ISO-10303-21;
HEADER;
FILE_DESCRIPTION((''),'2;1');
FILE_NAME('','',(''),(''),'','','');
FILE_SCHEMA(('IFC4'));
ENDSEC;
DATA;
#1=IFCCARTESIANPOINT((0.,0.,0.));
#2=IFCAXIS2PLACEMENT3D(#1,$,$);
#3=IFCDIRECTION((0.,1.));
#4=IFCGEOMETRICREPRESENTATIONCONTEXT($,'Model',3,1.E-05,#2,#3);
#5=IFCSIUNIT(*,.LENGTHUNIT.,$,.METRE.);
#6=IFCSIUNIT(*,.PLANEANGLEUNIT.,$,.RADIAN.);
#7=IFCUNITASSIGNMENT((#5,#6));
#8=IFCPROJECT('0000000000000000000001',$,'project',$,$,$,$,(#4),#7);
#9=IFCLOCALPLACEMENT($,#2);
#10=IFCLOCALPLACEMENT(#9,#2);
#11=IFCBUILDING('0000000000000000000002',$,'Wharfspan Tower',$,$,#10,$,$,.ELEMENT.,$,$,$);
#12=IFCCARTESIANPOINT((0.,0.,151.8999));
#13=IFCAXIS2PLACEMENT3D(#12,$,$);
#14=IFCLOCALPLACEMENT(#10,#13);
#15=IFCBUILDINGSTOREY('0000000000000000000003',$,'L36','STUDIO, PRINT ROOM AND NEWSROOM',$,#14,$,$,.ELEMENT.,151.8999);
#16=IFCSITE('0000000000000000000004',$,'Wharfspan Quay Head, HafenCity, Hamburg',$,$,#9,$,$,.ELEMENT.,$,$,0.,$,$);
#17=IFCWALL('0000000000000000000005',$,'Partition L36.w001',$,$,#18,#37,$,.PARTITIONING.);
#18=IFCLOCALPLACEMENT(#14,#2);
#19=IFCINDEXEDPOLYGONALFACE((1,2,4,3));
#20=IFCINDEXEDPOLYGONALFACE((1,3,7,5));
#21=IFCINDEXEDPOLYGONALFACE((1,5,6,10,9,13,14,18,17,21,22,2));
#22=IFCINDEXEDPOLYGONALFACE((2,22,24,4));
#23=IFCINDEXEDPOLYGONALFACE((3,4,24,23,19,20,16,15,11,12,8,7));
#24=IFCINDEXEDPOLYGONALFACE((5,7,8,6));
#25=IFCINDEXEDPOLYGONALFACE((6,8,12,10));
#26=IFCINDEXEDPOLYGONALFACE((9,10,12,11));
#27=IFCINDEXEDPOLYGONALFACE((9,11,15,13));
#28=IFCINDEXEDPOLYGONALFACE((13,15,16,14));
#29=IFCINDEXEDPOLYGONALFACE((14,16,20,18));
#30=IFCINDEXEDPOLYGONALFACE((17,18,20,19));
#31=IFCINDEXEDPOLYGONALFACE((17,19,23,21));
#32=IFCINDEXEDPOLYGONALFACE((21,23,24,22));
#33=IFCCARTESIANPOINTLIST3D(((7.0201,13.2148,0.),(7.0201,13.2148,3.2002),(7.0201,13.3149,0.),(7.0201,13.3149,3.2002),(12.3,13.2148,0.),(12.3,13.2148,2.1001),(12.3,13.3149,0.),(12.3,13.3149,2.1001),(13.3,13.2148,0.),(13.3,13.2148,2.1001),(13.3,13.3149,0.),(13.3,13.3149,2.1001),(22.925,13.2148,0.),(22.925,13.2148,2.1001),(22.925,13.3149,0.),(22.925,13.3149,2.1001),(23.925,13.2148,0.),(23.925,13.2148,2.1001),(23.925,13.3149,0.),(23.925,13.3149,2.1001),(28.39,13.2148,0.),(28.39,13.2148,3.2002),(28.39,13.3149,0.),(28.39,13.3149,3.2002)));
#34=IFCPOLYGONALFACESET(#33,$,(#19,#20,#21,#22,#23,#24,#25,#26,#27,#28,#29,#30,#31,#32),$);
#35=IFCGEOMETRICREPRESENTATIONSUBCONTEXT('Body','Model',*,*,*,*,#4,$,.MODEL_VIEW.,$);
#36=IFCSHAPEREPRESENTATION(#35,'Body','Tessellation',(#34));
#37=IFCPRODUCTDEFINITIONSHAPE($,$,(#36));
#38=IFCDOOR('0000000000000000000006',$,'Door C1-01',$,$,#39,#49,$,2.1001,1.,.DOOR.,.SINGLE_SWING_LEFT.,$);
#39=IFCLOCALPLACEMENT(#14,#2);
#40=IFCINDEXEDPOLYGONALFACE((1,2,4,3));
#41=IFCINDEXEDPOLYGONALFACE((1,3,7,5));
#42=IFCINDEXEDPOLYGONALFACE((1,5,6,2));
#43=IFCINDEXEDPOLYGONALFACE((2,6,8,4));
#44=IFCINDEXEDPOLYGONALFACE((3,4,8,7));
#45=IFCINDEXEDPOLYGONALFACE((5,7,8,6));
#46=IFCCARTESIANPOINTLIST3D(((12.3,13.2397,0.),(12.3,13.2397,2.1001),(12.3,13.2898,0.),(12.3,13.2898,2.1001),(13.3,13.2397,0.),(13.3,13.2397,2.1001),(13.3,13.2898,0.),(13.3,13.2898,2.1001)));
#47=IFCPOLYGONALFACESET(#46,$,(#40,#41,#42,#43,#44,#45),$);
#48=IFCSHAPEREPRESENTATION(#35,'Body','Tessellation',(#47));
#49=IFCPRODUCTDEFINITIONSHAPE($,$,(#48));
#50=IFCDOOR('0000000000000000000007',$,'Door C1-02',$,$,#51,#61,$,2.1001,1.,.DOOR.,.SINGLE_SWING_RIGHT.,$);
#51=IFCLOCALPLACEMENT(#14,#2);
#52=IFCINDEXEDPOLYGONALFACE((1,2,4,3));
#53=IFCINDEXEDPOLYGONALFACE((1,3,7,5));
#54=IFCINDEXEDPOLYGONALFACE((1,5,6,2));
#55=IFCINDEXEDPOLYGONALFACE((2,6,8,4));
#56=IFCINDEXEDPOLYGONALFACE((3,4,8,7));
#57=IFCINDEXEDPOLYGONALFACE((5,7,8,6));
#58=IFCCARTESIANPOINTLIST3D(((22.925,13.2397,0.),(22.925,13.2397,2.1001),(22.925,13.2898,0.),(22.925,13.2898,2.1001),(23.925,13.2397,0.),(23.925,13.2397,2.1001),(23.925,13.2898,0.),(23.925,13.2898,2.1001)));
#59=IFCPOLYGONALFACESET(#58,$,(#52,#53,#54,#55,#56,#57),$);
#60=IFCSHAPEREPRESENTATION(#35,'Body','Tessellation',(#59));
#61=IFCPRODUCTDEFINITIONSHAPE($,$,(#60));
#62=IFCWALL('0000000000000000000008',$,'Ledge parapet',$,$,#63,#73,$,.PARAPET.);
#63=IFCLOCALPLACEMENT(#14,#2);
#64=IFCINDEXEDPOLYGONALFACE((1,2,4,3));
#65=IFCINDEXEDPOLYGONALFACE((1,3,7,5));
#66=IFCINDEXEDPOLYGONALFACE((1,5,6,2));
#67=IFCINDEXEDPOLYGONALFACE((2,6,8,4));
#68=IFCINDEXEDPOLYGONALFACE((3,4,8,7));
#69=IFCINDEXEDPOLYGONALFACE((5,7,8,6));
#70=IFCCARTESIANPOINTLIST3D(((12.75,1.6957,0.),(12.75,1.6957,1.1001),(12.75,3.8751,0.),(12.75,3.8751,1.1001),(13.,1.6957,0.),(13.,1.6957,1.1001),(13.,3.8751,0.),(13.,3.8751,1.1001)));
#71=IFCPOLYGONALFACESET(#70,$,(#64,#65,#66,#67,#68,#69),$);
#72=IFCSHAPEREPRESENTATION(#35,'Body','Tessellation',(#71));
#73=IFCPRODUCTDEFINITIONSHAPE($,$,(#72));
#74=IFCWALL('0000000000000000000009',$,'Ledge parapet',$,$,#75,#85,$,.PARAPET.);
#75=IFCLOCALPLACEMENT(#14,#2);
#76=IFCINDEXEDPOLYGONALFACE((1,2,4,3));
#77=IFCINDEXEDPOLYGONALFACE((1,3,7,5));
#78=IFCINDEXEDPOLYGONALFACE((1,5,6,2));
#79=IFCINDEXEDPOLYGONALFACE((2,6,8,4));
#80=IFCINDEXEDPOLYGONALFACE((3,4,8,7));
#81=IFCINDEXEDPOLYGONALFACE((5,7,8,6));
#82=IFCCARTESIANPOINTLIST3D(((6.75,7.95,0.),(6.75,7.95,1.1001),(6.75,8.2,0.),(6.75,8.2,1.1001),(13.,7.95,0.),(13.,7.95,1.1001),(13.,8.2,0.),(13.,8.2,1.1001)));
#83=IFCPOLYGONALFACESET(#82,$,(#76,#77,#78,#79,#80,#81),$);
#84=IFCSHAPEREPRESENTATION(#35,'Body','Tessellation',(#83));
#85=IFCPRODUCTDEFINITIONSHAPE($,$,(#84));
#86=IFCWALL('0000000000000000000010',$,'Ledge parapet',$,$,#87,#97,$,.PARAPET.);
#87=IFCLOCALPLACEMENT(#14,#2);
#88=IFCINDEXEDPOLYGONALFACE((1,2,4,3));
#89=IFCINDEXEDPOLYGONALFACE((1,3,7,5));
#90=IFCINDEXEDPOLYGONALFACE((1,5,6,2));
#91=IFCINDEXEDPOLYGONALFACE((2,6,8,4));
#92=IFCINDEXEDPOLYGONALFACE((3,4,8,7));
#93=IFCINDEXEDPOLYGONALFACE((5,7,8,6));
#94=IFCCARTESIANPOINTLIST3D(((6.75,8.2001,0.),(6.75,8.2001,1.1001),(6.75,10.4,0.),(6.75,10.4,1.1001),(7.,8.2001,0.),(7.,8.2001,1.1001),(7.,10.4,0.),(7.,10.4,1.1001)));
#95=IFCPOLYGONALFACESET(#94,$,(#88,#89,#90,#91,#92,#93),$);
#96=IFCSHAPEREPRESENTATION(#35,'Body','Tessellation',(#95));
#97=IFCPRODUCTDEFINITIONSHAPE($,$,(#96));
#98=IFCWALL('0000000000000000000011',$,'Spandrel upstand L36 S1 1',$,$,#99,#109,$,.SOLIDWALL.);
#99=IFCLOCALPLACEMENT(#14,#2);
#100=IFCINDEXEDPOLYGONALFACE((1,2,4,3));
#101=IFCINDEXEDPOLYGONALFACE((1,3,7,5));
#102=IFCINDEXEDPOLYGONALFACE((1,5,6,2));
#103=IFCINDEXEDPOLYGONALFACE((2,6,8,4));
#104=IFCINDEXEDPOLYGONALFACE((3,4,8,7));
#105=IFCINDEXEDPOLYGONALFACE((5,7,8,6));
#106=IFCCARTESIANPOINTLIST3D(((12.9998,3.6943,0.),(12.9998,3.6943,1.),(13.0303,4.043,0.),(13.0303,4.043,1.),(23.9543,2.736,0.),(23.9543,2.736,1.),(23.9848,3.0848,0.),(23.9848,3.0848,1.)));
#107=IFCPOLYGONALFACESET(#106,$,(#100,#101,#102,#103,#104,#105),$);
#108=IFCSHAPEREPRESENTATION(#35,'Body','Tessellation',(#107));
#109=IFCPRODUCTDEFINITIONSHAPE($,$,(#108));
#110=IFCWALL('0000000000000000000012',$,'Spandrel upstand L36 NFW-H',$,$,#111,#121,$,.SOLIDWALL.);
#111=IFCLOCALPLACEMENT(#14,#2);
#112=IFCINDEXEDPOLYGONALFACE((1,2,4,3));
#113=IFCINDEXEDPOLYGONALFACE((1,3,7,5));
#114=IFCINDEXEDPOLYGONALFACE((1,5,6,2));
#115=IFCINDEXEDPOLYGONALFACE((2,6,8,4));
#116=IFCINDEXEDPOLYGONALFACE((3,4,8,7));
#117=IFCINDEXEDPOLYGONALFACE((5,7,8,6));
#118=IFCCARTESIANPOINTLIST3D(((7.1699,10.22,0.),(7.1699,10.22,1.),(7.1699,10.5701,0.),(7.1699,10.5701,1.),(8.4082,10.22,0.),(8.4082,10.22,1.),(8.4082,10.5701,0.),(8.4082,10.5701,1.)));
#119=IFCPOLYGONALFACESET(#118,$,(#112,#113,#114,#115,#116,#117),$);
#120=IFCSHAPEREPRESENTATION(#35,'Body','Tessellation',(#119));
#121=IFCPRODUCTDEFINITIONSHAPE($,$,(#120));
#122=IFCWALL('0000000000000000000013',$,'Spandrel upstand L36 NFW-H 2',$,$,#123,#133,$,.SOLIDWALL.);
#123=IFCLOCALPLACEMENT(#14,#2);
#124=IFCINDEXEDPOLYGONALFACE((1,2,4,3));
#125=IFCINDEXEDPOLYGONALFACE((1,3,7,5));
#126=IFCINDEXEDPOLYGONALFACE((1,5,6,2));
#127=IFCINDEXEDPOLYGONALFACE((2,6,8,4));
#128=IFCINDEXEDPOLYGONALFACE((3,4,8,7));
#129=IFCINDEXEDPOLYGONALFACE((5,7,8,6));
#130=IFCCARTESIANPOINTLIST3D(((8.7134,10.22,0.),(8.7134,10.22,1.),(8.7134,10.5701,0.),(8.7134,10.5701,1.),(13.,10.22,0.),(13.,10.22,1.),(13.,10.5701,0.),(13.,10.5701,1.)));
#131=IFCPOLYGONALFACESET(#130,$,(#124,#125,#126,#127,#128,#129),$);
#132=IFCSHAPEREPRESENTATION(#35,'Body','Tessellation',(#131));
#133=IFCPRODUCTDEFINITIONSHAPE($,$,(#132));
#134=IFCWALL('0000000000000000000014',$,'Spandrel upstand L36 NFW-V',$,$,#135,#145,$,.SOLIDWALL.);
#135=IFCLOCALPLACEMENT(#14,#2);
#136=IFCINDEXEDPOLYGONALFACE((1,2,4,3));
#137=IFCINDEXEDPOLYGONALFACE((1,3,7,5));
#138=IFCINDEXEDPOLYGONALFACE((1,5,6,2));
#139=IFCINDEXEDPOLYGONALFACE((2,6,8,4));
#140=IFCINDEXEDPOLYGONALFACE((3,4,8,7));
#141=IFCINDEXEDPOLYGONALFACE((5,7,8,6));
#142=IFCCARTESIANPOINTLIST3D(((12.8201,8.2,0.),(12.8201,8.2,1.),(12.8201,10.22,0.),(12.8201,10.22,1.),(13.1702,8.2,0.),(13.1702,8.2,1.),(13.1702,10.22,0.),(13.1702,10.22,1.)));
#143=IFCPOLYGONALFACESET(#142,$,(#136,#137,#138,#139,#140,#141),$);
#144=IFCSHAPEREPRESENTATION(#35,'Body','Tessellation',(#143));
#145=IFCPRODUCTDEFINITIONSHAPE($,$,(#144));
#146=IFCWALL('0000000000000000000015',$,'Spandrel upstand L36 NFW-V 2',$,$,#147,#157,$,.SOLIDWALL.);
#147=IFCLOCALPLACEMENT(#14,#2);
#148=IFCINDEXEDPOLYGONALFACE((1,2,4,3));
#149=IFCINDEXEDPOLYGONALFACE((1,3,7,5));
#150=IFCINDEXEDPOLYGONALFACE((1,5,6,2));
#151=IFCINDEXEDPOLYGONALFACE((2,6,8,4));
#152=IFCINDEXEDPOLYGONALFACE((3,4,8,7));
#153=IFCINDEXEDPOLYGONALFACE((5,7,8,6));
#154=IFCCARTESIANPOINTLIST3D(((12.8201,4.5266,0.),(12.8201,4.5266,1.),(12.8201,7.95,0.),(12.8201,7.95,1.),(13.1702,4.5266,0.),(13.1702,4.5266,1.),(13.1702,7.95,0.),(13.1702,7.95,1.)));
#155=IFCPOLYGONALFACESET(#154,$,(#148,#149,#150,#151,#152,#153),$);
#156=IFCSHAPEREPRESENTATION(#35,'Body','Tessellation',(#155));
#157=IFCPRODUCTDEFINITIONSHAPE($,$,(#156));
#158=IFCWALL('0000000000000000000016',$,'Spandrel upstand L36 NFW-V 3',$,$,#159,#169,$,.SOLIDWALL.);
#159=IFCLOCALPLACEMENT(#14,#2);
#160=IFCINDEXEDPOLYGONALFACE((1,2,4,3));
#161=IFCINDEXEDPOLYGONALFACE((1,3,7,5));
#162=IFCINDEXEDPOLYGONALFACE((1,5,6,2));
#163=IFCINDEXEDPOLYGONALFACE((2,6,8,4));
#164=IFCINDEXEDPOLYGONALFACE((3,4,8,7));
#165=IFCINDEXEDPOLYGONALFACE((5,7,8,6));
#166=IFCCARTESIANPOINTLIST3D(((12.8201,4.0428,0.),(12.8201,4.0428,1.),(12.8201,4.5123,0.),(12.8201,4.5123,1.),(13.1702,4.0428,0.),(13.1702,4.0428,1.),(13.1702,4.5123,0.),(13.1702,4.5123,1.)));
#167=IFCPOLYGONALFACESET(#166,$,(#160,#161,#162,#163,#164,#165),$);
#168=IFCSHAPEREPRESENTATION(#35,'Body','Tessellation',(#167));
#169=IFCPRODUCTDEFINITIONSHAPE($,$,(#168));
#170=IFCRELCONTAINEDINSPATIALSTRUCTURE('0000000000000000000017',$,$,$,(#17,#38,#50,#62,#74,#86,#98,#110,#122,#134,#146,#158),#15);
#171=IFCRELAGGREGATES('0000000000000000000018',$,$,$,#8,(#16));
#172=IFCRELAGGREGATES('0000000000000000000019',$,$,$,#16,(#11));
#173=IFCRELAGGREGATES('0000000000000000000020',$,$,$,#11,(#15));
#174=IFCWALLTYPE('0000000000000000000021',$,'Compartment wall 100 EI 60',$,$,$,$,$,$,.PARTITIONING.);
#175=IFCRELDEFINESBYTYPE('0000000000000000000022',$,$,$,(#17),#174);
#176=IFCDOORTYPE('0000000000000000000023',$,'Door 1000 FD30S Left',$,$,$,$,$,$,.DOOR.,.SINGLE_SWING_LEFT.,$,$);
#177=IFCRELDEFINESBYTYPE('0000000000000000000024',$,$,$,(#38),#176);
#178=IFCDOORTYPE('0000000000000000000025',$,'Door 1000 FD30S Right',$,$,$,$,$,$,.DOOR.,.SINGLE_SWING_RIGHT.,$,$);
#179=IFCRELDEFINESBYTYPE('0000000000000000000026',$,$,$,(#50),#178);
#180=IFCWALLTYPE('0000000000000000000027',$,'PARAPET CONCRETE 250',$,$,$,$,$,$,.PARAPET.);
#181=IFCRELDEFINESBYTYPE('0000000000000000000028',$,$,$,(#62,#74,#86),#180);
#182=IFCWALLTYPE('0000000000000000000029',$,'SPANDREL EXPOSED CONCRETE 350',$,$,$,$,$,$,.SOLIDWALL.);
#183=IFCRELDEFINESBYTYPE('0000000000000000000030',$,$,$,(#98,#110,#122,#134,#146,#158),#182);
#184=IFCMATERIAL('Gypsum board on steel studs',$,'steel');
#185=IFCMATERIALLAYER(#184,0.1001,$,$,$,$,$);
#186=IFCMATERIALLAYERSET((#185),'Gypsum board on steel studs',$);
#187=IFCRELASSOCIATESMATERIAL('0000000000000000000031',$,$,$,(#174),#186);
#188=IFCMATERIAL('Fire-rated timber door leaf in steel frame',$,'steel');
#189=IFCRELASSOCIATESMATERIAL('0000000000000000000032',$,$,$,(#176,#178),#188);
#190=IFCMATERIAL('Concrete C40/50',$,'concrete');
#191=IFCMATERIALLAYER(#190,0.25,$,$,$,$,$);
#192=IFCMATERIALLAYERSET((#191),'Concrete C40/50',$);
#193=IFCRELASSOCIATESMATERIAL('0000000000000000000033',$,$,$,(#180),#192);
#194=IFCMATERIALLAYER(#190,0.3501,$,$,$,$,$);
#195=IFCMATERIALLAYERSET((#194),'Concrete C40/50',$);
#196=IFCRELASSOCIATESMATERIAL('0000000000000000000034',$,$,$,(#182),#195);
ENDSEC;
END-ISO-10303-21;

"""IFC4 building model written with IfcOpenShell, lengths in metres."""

from ifc_helpers import new_model, si_unit, direction, frame, frame_2d, origin, place, context, subcontext, project, spatial, rectangle, extrude, material, layer, layer_set, type_object, element, fill, save


model = new_model("IFC4")

# Units and contexts
model_context = context("Model", 3, precision=1e-05, world=origin(), true_north=direction((0.0, 1.0)))
body_context = subcontext(model_context, "Body", "Model", "MODEL_VIEW")
ifc_project = project(units=[si_unit("LENGTHUNIT", "METRE"), si_unit("PLANEANGLEUNIT", "RADIAN")], contexts=[model_context])

# Site, building, storey
site_placement = place(None, origin())
site = spatial("IfcSite", under=ifc_project, at=site_placement, Name="Wharfspan Quay Head, HafenCity, Hamburg", CompositionType="ELEMENT", RefElevation=0.0)
building_placement = place(site_placement, origin())
building = spatial("IfcBuilding", under=site, at=building_placement, Name="Wharfspan Tower", CompositionType="ELEMENT")
storey_placement = place(building_placement, frame((0.0, 0.0, 151.8999)))
storey = spatial("IfcBuildingStorey", under=building, at=storey_placement, Name="L36", Description="STUDIO, PRINT ROOM AND NEWSROOM", CompositionType="ELEMENT", Elevation=151.8999)

# Shared definitions
ifc_material_1 = material(Name="Concrete C40/50", Category="concrete")

# Wall, openings, doors
ifc_material_2 = material(Name="Gypsum board on steel studs", Category="steel")
ifc_layer_1 = layer(ifc_material_2, 0.1001)
ifc_layer_set_1 = layer_set([ifc_layer_1], Name="Gypsum board on steel studs")
wall_type_1 = type_object("IfcWallType", Name="Compartment wall 100 EI 60", PredefinedType="PARTITIONING", material=ifc_layer_set_1)
wall_1_placement = place(storey_placement, frame((7.02, 13.2649, 0.0), z_axis=(0.0, 0.0, 1.0), x_axis=(1.0, 0.0, 0.0)))
wall_1 = element("IfcWall", 1, at=wall_1_placement, inside=storey, type_object=wall_type_1, Name="Partition L36.w001", PredefinedType="PARTITIONING", context=body_context, shape_type="SweptSolid", body=[
    extrude(rectangle(XDim=21.3699, YDim=0.1001, at=frame_2d((10.6851, 0.0))), origin(), (0.0, 0.0, 1.0), 3.2002),
])
opening_1_placement = place(wall_1_placement, frame((5.28, 0.0, 0.0)))
opening_1 = element("IfcOpeningElement", 2, at=opening_1_placement, cuts=wall_1, PredefinedType="OPENING", context=body_context, shape_type="SweptSolid", body=[
    extrude(rectangle(XDim=1.0, YDim=2.1001, at=frame_2d((0.5, 1.05))), frame((0.0, 0.0601, 0.0), z_axis=(0.0, -1.0, 0.0), x_axis=(1.0, 0.0, 0.0)), (0.0, 0.0, 1.0), 0.1201),
])
opening_2_placement = place(wall_1_placement, frame((15.905, 0.0, 0.0)))
opening_2 = element("IfcOpeningElement", 3, at=opening_2_placement, cuts=wall_1, PredefinedType="OPENING", context=body_context, shape_type="SweptSolid", body=[
    extrude(rectangle(XDim=1.0, YDim=2.1001, at=frame_2d((0.5, 1.05))), frame((0.0, 0.0601, 0.0), z_axis=(0.0, -1.0, 0.0), x_axis=(1.0, 0.0, 0.0)), (0.0, 0.0, 1.0), 0.1201),
])
ifc_material_3 = material(Name="Fire-rated timber door leaf in steel frame", Category="steel")
door_type_1 = type_object("IfcDoorType", Name="Door 1000 FD30S Left", OperationType="SINGLE_SWING_LEFT", PredefinedType="DOOR", material=ifc_material_3)
door_1_placement = place(opening_1_placement, origin())
door_1 = element("IfcDoor", 4, at=door_1_placement, inside=storey, type_object=door_type_1, Name="Door C1-01", OperationType="SINGLE_SWING_LEFT", OverallHeight=2.1001, OverallWidth=1.0, PredefinedType="DOOR", context=body_context, shape_type="SweptSolid", body=[
    extrude(rectangle(XDim=1.0, YDim=2.1001, at=frame_2d((0.5, 1.05))), frame((0.0, 0.0249, 0.0), z_axis=(0.0, -1.0, 0.0), x_axis=(1.0, 0.0, 0.0)), (0.0, 0.0, 1.0), 0.05),
])
fill(opening_1, door_1)
door_type_2 = type_object("IfcDoorType", Name="Door 1000 FD30S Right", OperationType="SINGLE_SWING_RIGHT", PredefinedType="DOOR", material=ifc_material_3)
door_2_placement = place(opening_2_placement, origin())
door_2 = element("IfcDoor", 5, at=door_2_placement, inside=storey, type_object=door_type_2, Name="Door C1-02", OperationType="SINGLE_SWING_RIGHT", OverallHeight=2.1001, OverallWidth=1.0, PredefinedType="DOOR", context=body_context, shape_type="SweptSolid", body=[
    extrude(rectangle(XDim=1.0, YDim=2.1001, at=frame_2d((0.5, 1.05))), frame((0.0, 0.0249, 0.0), z_axis=(0.0, -1.0, 0.0), x_axis=(1.0, 0.0, 0.0)), (0.0, 0.0, 1.0), 0.05),
])
fill(opening_2, door_2)

# Walls
ifc_layer_2 = layer(ifc_material_1, 0.25)
ifc_layer_set_2 = layer_set([ifc_layer_2], Name="Concrete C40/50")
wall_type_2 = type_object("IfcWallType", Name="PARAPET CONCRETE 250", PredefinedType="PARAPET", material=ifc_layer_set_2)
wall_2_placement = place(storey_placement, frame((12.875, 1.6956, 0.0), z_axis=(0.0, 0.0, 1.0), x_axis=(0.0, 1.0, 0.0)))
element("IfcWall", 6, at=wall_2_placement, inside=storey, type_object=wall_type_2, Name="Ledge parapet", PredefinedType="PARAPET", context=body_context, shape_type="SweptSolid", body=[
    extrude(rectangle(XDim=2.1794, YDim=0.25, at=frame_2d((1.0898, 0.0))), origin(), (0.0, 0.0, 1.0), 1.1001),
])
wall_3_placement = place(storey_placement, frame((13.0, 8.075, 0.0), z_axis=(0.0, 0.0, 1.0), x_axis=(-1.0, 0.0, 0.0)))
element("IfcWall", 7, at=wall_3_placement, inside=storey, type_object=wall_type_2, Name="Ledge parapet", PredefinedType="PARAPET", context=body_context, shape_type="SweptSolid", body=[
    extrude(rectangle(XDim=6.25, YDim=0.25, at=frame_2d((3.125, 0.0))), origin(), (0.0, 0.0, 1.0), 1.1001),
])
wall_4_placement = place(storey_placement, frame((6.875, 8.2, 0.0), z_axis=(0.0, 0.0, 1.0), x_axis=(0.0, 1.0, 0.0)))
element("IfcWall", 8, at=wall_4_placement, inside=storey, type_object=wall_type_2, Name="Ledge parapet", PredefinedType="PARAPET", context=body_context, shape_type="SweptSolid", body=[
    extrude(rectangle(XDim=2.2, YDim=0.25, at=frame_2d((1.1001, 0.0))), origin(), (0.0, 0.0, 1.0), 1.1001),
])
ifc_layer_3 = layer(ifc_material_1, 0.3501)
ifc_layer_set_3 = layer_set([ifc_layer_3], Name="Concrete C40/50")
wall_type_3 = type_object("IfcWallType", Name="SPANDREL EXPOSED CONCRETE 350", PredefinedType="SOLIDWALL", material=ifc_layer_set_3)
wall_5_placement = place(storey_placement, frame((13.0151, 3.8687, 0.0), z_axis=(0.0, 0.0, 1.0), x_axis=(0.996194, -0.087142, 0.0)))
element("IfcWall", 9, at=wall_5_placement, inside=storey, type_object=wall_type_3, Name="Spandrel upstand L36 S1 1", PredefinedType="SOLIDWALL", context=body_context, shape_type="SweptSolid", body=[
    extrude(rectangle(XDim=10.9963, YDim=0.3501, at=frame_2d((5.498, 0.0))), origin(), (0.0, 0.0, 1.0), 1.0),
])
wall_6_placement = place(storey_placement, frame((7.1699, 10.395, 0.0), z_axis=(0.0, 0.0, 1.0), x_axis=(1.0, 0.0, 0.0)))
element("IfcWall", 10, at=wall_6_placement, inside=storey, type_object=wall_type_3, Name="Spandrel upstand L36 NFW-H", PredefinedType="SOLIDWALL", context=body_context, shape_type="SweptSolid", body=[
    extrude(rectangle(XDim=1.2383, YDim=0.3501, at=frame_2d((0.6191, 0.0))), origin(), (0.0, 0.0, 1.0), 1.0),
])
wall_7_placement = place(storey_placement, frame((8.7134, 10.395, 0.0), z_axis=(0.0, 0.0, 1.0), x_axis=(1.0, 0.0, 0.0)))
element("IfcWall", 11, at=wall_7_placement, inside=storey, type_object=wall_type_3, Name="Spandrel upstand L36 NFW-H 2", PredefinedType="SOLIDWALL", context=body_context, shape_type="SweptSolid", body=[
    extrude(rectangle(XDim=4.2866, YDim=0.3501, at=frame_2d((2.1433, 0.0))), origin(), (0.0, 0.0, 1.0), 1.0),
])
wall_8_placement = place(storey_placement, frame((12.9951, 10.22, 0.0), z_axis=(0.0, 0.0, 1.0), x_axis=(0.0, -1.0, 0.0)))
element("IfcWall", 12, at=wall_8_placement, inside=storey, type_object=wall_type_3, Name="Spandrel upstand L36 NFW-V", PredefinedType="SOLIDWALL", context=body_context, shape_type="SweptSolid", body=[
    extrude(rectangle(XDim=2.02, YDim=0.3501, at=frame_2d((1.01, 0.0))), origin(), (0.0, 0.0, 1.0), 1.0),
])
wall_9_placement = place(storey_placement, frame((12.9951, 7.95, 0.0), z_axis=(0.0, 0.0, 1.0), x_axis=(0.0, -1.0, 0.0)))
element("IfcWall", 13, at=wall_9_placement, inside=storey, type_object=wall_type_3, Name="Spandrel upstand L36 NFW-V 2", PredefinedType="SOLIDWALL", context=body_context, shape_type="SweptSolid", body=[
    extrude(rectangle(XDim=3.4233, YDim=0.3501, at=frame_2d((1.7117, 0.0))), origin(), (0.0, 0.0, 1.0), 1.0),
])
wall_10_placement = place(storey_placement, frame((12.9951, 4.5125, 0.0), z_axis=(0.0, 0.0, 1.0), x_axis=(0.0, -1.0, 0.0)))
element("IfcWall", 14, at=wall_10_placement, inside=storey, type_object=wall_type_3, Name="Spandrel upstand L36 NFW-V 3", PredefinedType="SOLIDWALL", context=body_context, shape_type="SweptSolid", body=[
    extrude(rectangle(XDim=0.4695, YDim=0.3501, at=frame_2d((0.2349, 0.0))), origin(), (0.0, 0.0, 1.0), 1.0),
])

save(model, "model.ifc")
